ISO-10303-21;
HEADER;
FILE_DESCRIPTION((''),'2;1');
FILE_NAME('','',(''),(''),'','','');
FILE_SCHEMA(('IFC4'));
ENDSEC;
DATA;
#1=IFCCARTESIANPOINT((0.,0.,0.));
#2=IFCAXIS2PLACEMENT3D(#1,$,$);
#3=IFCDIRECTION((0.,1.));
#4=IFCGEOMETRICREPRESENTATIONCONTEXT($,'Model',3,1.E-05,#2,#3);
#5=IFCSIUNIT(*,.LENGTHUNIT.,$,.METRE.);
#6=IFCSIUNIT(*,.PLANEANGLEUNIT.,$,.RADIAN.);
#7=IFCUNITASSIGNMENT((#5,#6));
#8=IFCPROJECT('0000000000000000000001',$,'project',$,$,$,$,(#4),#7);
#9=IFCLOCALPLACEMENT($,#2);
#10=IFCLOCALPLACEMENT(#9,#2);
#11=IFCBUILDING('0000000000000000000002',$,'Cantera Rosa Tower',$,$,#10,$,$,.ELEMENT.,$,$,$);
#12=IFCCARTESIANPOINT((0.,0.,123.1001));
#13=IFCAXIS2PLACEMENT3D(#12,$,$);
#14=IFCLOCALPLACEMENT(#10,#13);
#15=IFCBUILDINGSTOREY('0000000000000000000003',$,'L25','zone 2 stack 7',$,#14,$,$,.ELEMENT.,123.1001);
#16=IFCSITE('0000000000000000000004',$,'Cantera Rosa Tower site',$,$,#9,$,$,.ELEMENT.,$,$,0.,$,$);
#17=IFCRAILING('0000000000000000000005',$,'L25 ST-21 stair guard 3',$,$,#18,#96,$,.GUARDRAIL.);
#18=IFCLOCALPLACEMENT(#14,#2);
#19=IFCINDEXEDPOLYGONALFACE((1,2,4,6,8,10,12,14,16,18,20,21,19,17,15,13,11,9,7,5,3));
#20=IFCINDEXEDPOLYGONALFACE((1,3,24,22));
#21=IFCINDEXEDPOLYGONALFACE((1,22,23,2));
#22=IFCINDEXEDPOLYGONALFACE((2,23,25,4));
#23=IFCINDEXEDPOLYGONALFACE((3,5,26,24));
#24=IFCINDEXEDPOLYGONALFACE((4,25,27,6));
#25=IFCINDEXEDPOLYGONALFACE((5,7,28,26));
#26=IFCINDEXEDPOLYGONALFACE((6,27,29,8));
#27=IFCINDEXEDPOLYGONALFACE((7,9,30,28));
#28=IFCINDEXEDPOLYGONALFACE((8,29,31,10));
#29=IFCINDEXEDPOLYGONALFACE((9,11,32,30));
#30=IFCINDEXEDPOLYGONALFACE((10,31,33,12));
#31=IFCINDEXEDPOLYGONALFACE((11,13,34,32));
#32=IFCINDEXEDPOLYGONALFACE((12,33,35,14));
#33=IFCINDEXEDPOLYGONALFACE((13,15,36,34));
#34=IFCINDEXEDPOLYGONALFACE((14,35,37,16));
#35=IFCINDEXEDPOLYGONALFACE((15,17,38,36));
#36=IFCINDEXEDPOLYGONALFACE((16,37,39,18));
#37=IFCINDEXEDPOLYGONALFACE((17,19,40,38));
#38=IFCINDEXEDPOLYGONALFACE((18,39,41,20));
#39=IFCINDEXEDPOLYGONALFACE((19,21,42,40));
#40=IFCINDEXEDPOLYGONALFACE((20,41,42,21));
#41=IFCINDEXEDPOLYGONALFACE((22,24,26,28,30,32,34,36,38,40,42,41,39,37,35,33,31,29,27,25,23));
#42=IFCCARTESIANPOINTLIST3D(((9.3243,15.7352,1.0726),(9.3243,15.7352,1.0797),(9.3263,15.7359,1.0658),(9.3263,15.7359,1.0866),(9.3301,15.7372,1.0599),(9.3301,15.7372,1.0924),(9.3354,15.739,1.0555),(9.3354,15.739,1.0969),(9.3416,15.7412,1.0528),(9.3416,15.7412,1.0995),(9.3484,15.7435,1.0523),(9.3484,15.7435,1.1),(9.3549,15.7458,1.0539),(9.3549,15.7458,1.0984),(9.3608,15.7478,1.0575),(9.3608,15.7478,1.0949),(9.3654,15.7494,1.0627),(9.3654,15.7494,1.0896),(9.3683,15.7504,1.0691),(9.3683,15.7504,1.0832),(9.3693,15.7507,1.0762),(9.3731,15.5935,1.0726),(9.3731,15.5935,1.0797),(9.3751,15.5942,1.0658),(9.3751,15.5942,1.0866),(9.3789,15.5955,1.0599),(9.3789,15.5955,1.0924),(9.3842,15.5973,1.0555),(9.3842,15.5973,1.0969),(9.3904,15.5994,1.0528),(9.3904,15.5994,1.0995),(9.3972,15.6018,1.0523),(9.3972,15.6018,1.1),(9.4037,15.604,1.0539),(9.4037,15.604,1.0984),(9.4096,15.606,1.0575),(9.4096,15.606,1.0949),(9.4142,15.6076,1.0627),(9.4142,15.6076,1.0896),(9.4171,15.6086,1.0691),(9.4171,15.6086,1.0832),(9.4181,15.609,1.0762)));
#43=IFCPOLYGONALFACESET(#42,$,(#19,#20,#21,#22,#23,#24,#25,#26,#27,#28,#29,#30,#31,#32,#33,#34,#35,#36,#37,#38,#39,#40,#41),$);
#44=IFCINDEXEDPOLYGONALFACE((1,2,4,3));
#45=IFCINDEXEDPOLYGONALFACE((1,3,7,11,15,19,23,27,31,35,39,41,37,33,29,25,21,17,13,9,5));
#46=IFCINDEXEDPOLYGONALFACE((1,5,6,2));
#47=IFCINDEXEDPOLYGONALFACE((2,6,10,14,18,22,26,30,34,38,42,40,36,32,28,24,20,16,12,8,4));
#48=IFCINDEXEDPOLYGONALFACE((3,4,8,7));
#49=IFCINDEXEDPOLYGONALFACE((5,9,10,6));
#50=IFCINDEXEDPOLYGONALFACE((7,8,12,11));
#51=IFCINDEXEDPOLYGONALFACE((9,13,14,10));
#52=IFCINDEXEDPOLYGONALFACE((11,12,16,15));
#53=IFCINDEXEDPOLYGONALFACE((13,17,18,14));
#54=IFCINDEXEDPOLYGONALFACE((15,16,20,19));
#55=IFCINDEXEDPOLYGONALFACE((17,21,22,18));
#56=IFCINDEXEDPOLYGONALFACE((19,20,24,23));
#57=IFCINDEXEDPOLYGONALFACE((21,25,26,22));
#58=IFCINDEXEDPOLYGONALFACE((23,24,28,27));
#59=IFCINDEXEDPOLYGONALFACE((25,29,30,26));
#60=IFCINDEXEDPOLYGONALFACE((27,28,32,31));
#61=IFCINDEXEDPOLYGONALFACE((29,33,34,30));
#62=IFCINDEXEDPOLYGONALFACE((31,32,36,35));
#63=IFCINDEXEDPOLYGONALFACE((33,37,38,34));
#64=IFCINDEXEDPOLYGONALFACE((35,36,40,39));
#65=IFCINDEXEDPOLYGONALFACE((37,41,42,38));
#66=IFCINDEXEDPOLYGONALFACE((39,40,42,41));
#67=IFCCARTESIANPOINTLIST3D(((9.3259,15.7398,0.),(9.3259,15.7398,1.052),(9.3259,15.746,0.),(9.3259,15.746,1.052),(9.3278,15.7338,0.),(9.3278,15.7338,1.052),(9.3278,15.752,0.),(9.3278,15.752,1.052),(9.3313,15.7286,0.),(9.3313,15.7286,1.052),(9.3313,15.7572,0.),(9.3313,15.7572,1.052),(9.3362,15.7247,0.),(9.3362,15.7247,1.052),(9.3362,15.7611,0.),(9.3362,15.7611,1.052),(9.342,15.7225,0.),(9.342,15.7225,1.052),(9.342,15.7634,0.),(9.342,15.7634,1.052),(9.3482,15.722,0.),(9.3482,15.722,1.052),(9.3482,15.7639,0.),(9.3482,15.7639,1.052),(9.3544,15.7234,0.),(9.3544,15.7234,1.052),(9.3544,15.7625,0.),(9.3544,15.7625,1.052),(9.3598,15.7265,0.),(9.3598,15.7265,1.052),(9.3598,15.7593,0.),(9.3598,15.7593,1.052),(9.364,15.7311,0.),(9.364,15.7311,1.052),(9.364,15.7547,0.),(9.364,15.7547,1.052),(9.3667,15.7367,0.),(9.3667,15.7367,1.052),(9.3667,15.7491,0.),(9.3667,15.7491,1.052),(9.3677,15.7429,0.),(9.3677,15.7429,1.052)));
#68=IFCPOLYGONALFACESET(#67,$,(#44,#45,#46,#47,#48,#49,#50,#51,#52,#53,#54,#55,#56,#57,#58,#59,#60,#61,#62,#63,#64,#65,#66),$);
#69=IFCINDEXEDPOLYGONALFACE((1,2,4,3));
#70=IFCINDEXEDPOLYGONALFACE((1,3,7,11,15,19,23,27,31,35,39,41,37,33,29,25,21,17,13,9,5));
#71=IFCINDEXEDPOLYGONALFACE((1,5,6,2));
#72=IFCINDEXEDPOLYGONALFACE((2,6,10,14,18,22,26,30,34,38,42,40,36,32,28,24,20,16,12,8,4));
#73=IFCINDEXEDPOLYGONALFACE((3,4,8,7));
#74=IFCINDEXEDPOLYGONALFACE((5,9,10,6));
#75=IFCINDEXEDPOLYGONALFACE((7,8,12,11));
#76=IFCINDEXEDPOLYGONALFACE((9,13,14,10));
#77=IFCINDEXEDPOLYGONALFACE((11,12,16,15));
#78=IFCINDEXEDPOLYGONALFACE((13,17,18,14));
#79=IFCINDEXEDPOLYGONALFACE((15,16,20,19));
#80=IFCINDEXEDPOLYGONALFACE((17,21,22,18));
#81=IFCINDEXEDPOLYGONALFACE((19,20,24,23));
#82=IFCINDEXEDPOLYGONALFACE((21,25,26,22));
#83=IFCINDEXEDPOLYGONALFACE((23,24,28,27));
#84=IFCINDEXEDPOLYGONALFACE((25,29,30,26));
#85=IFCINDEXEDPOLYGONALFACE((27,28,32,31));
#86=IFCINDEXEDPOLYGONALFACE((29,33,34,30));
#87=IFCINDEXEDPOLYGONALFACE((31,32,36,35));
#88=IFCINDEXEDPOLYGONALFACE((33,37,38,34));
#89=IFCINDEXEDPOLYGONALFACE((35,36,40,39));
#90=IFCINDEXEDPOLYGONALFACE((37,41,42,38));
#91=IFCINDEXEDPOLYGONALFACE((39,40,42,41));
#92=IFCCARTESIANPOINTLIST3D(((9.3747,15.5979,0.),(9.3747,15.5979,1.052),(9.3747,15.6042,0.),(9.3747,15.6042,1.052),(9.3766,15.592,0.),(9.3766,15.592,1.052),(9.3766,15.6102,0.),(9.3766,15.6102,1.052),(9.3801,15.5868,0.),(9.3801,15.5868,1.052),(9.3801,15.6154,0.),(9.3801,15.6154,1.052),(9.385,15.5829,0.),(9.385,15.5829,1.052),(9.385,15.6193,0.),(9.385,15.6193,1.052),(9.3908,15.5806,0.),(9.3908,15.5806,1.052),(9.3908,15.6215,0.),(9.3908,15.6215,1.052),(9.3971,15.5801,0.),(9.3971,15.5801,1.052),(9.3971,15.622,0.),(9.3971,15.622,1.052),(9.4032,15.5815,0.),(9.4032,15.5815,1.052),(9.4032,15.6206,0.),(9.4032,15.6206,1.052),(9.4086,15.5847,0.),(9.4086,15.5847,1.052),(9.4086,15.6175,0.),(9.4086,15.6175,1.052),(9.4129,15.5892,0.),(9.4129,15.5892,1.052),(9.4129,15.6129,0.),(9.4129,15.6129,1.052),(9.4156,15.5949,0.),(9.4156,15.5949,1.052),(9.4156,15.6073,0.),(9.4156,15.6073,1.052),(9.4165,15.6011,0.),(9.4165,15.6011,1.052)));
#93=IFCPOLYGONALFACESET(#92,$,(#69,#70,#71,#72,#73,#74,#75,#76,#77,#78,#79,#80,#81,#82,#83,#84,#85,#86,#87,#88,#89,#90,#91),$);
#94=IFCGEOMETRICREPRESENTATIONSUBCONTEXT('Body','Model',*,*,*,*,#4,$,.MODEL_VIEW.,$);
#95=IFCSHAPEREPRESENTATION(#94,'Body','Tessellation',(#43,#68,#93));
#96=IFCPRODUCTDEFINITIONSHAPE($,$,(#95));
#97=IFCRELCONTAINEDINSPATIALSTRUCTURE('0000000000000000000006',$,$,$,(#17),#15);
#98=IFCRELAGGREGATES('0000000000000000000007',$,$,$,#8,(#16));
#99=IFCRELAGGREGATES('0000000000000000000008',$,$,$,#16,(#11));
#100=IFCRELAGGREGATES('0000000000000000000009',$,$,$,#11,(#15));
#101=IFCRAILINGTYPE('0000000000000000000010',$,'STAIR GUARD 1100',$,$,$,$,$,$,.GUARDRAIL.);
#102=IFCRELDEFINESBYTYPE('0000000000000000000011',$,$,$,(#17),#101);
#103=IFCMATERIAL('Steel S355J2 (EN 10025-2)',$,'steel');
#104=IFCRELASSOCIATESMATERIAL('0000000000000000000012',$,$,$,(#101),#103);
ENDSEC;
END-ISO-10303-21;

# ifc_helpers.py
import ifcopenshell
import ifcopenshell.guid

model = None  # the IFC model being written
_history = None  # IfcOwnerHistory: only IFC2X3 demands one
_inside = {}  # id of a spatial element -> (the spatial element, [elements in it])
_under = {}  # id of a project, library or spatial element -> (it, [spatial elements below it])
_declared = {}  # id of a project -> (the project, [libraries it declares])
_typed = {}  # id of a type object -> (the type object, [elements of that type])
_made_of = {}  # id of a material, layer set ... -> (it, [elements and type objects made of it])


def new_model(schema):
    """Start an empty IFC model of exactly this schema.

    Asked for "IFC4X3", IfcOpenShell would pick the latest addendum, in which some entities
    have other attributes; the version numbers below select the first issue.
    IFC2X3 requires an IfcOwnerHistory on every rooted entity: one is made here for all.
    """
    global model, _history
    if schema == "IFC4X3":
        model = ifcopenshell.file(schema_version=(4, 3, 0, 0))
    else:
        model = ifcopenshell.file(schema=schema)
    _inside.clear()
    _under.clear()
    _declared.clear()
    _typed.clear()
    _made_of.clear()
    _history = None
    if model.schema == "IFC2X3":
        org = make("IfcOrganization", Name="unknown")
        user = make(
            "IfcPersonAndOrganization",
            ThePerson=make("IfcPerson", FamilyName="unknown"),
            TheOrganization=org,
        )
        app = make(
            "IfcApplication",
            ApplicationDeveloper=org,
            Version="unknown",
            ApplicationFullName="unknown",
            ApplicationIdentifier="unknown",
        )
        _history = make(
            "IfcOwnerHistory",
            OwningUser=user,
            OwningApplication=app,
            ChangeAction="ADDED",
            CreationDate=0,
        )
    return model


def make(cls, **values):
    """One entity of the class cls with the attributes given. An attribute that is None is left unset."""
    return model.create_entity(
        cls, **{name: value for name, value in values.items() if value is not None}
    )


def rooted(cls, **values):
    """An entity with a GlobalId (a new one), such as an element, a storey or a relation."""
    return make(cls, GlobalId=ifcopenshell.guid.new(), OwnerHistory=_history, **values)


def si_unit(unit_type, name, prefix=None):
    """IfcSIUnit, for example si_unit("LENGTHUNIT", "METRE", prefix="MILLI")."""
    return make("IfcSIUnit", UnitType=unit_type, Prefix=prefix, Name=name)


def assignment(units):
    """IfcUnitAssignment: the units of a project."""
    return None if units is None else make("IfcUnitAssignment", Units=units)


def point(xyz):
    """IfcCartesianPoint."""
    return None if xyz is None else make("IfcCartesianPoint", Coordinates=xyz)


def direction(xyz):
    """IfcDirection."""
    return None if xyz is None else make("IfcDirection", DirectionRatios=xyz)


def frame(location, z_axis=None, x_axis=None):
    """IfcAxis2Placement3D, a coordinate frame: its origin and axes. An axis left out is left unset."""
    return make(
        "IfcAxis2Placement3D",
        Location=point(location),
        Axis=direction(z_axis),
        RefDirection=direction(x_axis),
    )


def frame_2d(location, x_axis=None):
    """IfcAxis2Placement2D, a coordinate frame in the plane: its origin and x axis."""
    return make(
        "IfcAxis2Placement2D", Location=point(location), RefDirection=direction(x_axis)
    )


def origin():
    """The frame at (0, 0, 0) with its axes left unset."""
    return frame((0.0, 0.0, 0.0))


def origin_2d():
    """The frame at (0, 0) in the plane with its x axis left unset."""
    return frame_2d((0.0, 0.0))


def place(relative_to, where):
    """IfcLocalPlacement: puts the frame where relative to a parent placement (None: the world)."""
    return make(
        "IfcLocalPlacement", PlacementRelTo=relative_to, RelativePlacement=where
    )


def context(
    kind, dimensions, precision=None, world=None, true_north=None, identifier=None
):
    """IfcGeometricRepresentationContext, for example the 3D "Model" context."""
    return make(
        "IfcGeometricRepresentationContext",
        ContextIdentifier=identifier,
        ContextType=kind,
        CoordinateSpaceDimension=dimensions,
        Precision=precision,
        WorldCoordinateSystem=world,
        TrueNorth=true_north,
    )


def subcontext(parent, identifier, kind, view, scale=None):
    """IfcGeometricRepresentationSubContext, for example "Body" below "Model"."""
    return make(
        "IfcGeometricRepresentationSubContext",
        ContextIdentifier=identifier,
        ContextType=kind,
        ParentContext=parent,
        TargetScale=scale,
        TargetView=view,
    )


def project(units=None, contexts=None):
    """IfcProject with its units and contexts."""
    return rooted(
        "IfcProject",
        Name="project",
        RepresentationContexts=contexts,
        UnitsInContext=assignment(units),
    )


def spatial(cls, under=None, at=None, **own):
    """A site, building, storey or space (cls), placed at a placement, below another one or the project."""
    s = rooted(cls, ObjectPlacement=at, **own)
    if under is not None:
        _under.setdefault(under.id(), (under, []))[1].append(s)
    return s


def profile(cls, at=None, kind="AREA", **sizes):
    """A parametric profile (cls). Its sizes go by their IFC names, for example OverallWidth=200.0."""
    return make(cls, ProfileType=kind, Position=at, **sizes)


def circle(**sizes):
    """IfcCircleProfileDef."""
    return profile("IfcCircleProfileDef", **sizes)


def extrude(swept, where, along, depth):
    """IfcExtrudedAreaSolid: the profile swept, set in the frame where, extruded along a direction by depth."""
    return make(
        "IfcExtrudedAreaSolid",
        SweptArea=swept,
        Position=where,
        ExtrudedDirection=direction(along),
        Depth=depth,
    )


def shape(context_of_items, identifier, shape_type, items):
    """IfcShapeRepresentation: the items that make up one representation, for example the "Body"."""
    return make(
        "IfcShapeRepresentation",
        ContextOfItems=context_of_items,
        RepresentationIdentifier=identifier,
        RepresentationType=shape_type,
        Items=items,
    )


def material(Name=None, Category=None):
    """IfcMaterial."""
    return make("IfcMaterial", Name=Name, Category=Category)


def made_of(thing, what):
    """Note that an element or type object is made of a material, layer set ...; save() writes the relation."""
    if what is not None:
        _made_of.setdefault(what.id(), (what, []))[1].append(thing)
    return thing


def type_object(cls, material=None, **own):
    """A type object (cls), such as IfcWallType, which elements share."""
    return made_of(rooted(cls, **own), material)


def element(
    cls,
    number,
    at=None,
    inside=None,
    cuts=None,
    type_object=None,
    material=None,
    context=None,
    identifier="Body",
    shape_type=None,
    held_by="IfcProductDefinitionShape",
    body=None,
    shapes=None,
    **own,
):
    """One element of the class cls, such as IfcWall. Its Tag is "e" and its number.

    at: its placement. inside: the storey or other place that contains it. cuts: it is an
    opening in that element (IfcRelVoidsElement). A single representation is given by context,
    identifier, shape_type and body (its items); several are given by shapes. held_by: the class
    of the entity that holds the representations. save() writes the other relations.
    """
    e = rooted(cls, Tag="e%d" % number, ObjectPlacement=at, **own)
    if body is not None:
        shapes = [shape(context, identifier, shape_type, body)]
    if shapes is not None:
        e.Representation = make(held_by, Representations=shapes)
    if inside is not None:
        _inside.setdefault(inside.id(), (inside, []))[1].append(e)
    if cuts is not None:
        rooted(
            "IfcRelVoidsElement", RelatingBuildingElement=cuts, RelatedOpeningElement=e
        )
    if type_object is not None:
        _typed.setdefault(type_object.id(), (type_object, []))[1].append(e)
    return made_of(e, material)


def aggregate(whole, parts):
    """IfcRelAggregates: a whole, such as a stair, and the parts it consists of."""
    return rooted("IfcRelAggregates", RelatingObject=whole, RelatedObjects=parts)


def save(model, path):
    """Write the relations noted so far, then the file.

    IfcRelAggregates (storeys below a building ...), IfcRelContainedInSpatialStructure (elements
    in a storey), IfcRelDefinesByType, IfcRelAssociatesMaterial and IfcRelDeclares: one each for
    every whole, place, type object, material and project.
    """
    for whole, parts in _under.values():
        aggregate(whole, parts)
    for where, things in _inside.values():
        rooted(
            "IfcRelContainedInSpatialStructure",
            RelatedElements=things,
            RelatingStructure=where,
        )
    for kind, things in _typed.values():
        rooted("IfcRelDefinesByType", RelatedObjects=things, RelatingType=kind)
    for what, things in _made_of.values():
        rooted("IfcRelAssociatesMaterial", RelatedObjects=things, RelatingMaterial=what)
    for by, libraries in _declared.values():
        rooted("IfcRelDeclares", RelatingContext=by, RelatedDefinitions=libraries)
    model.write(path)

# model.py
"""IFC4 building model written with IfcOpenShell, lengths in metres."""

from ifc_helpers import new_model, si_unit, direction, frame, origin, origin_2d, place, context, subcontext, project, spatial, circle, extrude, material, type_object, element, save


model = new_model("IFC4")

# Units and contexts
model_context = context("Model", 3, precision=1e-05, world=origin(), true_north=direction((0.0, 1.0)))
body_context = subcontext(model_context, "Body", "Model", "MODEL_VIEW")
ifc_project = project(units=[si_unit("LENGTHUNIT", "METRE"), si_unit("PLANEANGLEUNIT", "RADIAN")], contexts=[model_context])

# Site, building, storey
site_placement = place(None, origin())
site = spatial("IfcSite", under=ifc_project, at=site_placement, Name="Cantera Rosa Tower site", CompositionType="ELEMENT", RefElevation=0.0)
building_placement = place(site_placement, origin())
building = spatial("IfcBuilding", under=site, at=building_placement, Name="Cantera Rosa Tower", CompositionType="ELEMENT")
storey_placement = place(building_placement, frame((0.0, 0.0, 123.1001)))
storey = spatial("IfcBuildingStorey", under=building, at=storey_placement, Name="L25", Description="zone 2 stack 7", CompositionType="ELEMENT", Elevation=123.1001)

# Railing
ifc_material_1 = material(Name="Steel S355J2 (EN 10025-2)", Category="steel")
railing_type_1 = type_object("IfcRailingType", Name="STAIR GUARD 1100", PredefinedType="GUARDRAIL", material=ifc_material_1)
railing_1_placement = place(storey_placement, frame((9.3467, 15.7429, 0.0)))
element("IfcRailing", 1, at=railing_1_placement, inside=storey, type_object=railing_type_1, Name="L25 ST-21 stair guard 3", PredefinedType="GUARDRAIL", context=body_context, shape_type="SweptSolid", body=[
    extrude(circle(Radius=0.0239, at=origin_2d()), frame((0.0, 0.0, 1.0762), z_axis=(0.325489, -0.945546, 0.0), x_axis=(0.945546, 0.325489, 0.0)), (0.0, 0.0, 1.0), 0.1499),
    extrude(circle(Radius=0.021, at=origin_2d()), origin(), (0.0, 0.0, 1.0), 1.052),
    extrude(circle(Radius=0.021, at=origin_2d()), frame((0.0488, -0.1418, 0.0)), (0.0, 0.0, 1.0), 1.052),
])

save(model, "model.ifc")
